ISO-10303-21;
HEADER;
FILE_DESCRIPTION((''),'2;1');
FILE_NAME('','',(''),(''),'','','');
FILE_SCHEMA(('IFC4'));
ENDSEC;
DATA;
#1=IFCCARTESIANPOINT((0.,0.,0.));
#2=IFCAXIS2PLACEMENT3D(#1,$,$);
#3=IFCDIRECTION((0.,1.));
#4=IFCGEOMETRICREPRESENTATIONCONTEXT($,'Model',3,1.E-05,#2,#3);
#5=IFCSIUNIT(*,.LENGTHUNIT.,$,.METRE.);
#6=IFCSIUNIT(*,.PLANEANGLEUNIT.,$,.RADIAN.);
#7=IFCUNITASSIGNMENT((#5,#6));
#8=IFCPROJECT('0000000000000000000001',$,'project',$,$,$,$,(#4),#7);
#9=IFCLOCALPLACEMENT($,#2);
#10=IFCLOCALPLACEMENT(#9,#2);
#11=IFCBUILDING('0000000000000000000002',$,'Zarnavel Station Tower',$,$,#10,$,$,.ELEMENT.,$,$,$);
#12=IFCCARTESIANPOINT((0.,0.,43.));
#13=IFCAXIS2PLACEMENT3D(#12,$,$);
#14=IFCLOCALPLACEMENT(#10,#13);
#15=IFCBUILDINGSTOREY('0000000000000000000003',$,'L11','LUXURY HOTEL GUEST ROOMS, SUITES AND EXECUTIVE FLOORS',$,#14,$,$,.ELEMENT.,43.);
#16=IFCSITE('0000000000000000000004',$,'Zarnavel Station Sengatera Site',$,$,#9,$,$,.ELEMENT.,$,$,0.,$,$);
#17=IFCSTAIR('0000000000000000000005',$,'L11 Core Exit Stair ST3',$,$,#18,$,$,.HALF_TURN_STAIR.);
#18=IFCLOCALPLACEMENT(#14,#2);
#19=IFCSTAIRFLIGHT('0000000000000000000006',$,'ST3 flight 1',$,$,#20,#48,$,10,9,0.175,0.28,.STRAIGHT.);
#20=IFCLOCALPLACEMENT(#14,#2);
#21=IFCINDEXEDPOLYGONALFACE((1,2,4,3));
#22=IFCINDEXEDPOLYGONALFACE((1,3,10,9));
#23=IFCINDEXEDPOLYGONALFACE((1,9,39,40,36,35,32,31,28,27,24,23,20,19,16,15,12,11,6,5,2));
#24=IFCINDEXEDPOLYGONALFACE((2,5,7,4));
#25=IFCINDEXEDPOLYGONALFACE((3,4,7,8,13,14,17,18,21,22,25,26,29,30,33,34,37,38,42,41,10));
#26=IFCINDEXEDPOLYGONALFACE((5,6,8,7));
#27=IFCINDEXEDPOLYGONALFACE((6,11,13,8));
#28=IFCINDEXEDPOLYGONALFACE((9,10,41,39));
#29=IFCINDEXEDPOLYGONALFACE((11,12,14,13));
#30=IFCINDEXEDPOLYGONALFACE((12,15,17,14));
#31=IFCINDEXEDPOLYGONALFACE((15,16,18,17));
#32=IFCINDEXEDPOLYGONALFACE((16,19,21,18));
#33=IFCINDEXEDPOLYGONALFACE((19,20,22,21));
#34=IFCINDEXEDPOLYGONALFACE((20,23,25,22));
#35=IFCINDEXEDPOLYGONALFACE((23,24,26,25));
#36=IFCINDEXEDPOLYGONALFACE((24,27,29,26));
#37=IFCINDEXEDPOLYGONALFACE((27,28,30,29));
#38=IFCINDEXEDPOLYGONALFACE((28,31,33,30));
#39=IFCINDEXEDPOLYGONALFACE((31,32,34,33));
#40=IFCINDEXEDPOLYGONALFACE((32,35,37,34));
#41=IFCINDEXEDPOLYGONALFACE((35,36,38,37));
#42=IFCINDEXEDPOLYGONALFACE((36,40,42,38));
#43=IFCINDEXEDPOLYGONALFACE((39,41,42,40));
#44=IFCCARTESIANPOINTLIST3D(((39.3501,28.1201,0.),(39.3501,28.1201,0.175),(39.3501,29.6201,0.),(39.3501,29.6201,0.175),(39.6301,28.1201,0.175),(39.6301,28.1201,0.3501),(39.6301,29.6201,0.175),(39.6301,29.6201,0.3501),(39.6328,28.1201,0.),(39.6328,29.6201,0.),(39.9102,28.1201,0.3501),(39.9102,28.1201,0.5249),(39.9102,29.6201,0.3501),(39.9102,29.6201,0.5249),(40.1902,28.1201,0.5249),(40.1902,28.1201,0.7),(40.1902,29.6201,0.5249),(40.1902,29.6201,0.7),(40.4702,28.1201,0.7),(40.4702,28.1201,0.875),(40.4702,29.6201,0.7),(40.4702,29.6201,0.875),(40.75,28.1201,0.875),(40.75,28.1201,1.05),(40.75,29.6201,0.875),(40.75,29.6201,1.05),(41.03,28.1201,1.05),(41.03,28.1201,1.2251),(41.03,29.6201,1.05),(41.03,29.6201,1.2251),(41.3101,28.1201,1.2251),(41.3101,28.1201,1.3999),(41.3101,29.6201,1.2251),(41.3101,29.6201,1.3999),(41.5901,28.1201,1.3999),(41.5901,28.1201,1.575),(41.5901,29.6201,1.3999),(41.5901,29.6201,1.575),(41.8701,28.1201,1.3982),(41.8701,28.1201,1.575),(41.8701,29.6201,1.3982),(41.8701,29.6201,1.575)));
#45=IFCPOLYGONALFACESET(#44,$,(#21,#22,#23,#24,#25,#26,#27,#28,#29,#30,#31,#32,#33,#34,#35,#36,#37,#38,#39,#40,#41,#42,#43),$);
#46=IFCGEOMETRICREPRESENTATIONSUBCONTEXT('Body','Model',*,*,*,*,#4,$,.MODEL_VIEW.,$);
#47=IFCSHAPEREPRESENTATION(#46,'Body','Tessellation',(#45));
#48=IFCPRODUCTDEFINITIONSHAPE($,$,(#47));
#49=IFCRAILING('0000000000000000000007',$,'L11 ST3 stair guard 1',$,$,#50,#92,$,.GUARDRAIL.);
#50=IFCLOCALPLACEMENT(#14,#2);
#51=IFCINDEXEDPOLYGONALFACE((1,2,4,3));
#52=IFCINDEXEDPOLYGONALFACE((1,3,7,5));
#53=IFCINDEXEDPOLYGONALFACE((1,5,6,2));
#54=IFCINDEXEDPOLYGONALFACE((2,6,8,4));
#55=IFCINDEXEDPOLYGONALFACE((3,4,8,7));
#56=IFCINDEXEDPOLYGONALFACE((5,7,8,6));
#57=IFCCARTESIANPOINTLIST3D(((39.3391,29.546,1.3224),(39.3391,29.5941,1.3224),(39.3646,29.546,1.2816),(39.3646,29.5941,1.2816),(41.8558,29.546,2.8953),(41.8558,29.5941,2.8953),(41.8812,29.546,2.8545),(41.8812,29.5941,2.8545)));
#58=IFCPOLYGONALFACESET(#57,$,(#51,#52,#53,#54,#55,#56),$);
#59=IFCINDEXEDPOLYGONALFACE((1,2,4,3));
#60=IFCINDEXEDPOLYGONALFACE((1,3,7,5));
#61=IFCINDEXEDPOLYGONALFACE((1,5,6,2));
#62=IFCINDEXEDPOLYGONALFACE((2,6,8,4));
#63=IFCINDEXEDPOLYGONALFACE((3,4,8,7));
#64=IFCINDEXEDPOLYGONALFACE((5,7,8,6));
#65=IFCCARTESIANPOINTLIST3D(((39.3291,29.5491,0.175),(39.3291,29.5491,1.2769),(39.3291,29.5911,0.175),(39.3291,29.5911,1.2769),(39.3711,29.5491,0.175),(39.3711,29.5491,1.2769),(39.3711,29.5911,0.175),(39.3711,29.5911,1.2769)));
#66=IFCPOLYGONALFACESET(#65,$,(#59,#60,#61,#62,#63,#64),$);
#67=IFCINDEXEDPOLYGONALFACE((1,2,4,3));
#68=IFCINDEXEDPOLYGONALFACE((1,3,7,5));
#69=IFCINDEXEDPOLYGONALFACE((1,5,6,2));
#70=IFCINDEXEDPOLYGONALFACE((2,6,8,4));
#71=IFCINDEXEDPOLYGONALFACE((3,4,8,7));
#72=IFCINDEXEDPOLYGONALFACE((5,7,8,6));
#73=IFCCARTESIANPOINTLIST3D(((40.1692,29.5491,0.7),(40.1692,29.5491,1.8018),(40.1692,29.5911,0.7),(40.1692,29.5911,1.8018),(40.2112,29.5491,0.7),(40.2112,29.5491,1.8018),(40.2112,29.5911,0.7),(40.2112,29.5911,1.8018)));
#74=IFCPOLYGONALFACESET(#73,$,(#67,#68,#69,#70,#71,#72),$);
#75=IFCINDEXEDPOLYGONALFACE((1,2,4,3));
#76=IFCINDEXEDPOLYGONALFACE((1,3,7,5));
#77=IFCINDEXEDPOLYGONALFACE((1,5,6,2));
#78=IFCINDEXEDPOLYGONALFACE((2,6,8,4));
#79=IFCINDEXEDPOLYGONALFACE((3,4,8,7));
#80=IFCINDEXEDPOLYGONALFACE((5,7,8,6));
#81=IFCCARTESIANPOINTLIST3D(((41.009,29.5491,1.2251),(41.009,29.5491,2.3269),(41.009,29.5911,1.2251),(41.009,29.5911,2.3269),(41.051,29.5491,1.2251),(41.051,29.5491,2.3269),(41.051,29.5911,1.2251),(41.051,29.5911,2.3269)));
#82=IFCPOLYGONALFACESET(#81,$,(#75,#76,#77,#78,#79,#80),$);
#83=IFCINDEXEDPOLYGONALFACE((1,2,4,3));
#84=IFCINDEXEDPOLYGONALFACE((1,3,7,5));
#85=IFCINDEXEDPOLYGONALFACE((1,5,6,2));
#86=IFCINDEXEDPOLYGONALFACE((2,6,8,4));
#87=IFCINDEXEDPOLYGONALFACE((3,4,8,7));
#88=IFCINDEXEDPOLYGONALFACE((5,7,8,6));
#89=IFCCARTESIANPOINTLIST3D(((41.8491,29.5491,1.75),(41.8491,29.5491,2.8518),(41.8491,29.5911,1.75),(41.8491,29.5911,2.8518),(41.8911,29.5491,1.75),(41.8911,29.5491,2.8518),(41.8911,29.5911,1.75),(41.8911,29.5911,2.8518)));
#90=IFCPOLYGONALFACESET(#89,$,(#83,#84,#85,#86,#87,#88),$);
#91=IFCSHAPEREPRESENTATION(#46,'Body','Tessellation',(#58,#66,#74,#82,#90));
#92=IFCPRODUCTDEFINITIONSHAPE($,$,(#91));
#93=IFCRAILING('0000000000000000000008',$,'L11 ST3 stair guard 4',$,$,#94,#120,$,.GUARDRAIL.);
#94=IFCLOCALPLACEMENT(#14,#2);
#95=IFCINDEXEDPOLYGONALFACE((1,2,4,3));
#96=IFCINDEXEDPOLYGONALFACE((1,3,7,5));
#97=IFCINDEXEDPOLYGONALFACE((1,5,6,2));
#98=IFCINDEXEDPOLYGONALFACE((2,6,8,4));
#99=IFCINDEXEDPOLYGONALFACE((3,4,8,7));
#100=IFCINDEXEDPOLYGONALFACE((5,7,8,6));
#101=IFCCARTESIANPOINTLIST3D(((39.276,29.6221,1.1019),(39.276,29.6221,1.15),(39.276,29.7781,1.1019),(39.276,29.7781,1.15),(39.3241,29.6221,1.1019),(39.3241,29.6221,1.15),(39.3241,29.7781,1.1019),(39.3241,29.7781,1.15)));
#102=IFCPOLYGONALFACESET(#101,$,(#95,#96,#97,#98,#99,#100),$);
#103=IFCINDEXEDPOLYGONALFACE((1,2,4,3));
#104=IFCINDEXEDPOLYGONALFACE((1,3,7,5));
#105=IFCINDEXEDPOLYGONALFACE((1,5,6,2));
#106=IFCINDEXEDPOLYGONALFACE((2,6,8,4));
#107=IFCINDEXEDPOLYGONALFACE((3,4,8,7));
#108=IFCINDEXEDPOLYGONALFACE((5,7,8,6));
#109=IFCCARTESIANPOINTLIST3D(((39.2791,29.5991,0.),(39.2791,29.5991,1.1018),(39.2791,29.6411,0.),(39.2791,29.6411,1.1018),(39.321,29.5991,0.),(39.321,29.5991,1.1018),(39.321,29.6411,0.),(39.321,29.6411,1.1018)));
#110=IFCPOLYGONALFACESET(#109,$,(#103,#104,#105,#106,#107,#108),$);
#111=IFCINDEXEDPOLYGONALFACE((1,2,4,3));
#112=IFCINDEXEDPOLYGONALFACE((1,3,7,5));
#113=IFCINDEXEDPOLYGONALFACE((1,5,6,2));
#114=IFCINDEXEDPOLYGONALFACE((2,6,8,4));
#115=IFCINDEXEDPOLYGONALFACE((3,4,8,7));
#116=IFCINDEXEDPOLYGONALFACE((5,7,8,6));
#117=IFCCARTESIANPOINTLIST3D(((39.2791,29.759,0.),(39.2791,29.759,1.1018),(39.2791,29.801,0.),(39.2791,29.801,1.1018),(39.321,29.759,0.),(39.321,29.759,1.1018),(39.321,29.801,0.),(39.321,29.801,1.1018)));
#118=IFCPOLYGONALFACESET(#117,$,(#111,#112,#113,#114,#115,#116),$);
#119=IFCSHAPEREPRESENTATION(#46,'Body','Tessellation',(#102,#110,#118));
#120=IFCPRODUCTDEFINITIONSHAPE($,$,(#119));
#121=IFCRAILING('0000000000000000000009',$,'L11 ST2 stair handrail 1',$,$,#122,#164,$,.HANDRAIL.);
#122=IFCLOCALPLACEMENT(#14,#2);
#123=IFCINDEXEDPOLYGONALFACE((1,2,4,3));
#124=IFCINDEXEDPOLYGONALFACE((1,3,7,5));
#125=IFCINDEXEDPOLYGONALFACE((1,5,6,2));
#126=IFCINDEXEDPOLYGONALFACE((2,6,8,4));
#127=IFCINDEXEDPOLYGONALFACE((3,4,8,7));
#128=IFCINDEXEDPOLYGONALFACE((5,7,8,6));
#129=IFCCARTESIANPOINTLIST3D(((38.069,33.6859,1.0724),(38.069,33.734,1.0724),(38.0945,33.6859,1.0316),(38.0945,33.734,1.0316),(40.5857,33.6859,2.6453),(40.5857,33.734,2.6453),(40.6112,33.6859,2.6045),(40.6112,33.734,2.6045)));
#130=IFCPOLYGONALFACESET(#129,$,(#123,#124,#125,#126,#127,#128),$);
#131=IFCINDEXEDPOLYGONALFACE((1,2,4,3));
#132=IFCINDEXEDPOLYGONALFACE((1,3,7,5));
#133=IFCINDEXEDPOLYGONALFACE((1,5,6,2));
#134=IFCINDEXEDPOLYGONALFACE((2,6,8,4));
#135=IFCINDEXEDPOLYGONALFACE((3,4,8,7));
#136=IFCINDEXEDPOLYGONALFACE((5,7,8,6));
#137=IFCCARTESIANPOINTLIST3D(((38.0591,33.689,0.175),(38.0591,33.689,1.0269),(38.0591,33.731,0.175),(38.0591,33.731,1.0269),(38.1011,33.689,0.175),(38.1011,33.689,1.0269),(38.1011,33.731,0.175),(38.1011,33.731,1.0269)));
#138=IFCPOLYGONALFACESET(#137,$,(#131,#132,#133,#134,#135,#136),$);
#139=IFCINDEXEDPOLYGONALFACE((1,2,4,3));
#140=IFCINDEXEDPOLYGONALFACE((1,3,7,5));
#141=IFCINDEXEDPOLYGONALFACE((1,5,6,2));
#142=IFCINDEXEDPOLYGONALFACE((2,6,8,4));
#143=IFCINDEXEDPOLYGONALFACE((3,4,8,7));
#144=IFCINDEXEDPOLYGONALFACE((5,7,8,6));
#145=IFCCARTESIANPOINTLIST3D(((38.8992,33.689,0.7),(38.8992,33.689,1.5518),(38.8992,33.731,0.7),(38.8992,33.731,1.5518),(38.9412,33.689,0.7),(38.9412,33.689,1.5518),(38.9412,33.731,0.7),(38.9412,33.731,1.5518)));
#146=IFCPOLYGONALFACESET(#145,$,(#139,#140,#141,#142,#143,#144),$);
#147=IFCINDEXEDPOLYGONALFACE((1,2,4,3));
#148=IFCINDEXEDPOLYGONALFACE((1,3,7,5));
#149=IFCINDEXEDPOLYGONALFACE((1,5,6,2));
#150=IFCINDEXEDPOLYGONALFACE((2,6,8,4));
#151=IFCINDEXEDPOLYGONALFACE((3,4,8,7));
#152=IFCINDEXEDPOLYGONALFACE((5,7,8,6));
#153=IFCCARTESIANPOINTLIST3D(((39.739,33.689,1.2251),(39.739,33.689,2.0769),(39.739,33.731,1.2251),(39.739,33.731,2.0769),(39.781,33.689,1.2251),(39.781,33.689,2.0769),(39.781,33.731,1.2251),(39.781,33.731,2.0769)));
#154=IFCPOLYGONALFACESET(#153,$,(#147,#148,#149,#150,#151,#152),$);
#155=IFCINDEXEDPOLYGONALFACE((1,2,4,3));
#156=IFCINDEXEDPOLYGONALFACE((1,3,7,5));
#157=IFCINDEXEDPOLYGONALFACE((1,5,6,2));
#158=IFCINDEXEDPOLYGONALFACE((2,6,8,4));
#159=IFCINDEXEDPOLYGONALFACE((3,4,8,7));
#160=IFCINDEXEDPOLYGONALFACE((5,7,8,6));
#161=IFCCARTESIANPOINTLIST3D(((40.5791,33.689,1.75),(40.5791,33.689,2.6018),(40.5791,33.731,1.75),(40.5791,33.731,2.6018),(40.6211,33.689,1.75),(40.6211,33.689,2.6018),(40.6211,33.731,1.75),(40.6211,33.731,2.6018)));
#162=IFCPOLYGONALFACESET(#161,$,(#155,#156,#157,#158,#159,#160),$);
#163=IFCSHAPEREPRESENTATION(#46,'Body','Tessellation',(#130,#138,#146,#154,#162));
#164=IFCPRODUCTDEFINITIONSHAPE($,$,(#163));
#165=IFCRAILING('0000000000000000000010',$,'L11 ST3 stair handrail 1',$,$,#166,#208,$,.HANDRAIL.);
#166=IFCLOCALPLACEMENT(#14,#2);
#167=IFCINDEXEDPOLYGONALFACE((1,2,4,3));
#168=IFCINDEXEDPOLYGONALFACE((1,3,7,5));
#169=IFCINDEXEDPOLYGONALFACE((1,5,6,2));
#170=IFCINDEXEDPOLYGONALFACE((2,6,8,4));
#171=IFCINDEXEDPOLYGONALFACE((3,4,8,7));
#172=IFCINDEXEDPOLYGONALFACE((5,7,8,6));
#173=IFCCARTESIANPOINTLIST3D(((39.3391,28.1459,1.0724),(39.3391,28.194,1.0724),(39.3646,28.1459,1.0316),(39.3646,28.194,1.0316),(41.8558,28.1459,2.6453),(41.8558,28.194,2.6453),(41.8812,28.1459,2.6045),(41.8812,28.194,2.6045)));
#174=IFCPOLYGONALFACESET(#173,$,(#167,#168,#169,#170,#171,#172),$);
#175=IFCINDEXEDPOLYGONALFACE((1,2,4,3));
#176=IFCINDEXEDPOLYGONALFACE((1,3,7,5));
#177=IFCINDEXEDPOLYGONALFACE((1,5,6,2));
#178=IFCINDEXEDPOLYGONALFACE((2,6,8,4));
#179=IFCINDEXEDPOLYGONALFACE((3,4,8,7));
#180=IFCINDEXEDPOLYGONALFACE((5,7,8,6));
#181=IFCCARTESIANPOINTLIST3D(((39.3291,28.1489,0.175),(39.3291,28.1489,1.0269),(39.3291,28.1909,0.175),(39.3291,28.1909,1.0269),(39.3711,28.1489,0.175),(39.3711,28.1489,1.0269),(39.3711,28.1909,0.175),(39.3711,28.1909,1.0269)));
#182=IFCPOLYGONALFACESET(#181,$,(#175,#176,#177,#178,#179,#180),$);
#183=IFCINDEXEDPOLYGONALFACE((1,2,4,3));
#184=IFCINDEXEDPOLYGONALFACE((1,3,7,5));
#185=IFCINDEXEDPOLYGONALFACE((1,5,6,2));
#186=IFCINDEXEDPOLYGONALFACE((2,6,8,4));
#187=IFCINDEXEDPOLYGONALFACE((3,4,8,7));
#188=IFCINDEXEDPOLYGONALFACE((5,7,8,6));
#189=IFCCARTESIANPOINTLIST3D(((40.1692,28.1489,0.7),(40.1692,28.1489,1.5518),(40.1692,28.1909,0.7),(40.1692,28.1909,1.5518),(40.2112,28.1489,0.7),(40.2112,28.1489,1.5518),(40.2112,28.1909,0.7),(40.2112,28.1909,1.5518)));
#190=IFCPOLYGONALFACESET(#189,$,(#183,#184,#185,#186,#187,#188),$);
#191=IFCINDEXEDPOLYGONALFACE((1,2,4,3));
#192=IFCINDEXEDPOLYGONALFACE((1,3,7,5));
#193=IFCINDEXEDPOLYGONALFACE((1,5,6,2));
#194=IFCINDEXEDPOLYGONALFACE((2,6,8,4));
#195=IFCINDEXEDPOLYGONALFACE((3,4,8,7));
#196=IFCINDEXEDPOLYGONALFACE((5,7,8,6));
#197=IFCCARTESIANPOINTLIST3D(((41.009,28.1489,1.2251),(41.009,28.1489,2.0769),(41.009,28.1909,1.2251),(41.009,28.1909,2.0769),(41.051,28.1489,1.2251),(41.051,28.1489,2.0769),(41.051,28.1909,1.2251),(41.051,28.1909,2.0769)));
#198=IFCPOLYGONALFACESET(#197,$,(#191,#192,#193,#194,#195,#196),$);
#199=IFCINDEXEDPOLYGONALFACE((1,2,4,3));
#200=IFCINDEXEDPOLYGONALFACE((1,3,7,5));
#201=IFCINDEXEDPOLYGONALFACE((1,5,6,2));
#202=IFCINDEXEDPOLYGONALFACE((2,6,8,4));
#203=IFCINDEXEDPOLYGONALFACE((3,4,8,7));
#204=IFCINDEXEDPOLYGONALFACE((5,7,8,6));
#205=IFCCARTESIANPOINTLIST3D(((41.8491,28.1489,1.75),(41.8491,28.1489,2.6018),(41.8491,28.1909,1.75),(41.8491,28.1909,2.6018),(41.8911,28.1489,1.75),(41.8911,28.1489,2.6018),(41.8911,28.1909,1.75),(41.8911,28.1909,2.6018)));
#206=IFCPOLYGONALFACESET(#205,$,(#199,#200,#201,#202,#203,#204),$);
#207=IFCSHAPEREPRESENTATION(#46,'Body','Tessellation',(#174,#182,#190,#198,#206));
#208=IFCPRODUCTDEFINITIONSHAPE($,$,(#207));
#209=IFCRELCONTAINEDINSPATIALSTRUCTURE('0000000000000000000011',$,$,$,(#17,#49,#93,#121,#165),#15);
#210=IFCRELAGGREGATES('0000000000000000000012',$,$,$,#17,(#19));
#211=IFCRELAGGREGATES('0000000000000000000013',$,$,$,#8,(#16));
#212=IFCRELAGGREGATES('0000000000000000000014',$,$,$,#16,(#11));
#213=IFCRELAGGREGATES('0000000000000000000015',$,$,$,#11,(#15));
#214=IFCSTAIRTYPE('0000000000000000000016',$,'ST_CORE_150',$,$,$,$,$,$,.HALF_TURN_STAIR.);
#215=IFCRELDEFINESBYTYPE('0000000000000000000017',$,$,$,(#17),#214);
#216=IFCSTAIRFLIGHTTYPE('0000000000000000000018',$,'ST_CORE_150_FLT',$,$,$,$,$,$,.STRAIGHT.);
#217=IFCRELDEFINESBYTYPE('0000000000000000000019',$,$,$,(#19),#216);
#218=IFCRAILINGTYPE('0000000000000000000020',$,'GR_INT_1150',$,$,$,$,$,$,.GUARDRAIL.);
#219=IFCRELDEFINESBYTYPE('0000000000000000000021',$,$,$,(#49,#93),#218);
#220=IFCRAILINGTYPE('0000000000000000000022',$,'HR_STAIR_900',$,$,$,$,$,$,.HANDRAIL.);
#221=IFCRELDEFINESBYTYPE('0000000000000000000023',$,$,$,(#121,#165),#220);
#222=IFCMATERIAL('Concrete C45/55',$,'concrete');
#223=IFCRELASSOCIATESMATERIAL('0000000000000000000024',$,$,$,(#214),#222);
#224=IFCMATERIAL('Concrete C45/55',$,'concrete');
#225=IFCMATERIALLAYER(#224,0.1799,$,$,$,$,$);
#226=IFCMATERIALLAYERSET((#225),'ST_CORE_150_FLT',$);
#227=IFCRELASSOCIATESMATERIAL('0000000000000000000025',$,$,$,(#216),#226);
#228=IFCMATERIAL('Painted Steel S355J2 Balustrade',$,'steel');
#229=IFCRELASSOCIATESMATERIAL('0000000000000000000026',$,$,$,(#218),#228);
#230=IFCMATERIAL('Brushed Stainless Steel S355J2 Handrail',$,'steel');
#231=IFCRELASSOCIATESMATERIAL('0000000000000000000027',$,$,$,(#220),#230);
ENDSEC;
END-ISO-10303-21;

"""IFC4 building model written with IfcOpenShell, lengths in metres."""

from ifc_helpers import new_model, si_unit, direction, frame, origin, origin_2d, place, context, subcontext, project, spatial, polyline, rectangle, outline, extrude, material, layer, layer_set, type_object, element, aggregate, save


model = new_model("IFC4")

# Units and contexts
model_context = context("Model", 3, precision=1e-05, world=origin(), true_north=direction((0.0, 1.0)))
body_context = subcontext(model_context, "Body", "Model", "MODEL_VIEW")
ifc_project = project(units=[si_unit("LENGTHUNIT", "METRE"), si_unit("PLANEANGLEUNIT", "RADIAN")], contexts=[model_context])

# Site, building, storey
site_placement = place(None, origin())
site = spatial("IfcSite", under=ifc_project, at=site_placement, Name="Zarnavel Station Sengatera Site", CompositionType="ELEMENT", RefElevation=0.0)
building_placement = place(site_placement, origin())
building = spatial("IfcBuilding", under=site, at=building_placement, Name="Zarnavel Station Tower", CompositionType="ELEMENT")
storey_placement = place(building_placement, frame((0.0, 0.0, 43.0)))
storey = spatial("IfcBuildingStorey", under=building, at=storey_placement, Name="L11", Description="LUXURY HOTEL GUEST ROOMS, SUITES AND EXECUTIVE FLOORS", CompositionType="ELEMENT", Elevation=43.0)

# Stair, stair flight
ifc_material_1 = material(Name="Concrete C45/55", Category="concrete")
stair_type = type_object("IfcStairType", Name="ST_CORE_150", PredefinedType="HALF_TURN_STAIR", material=ifc_material_1)
stair_placement = place(storey_placement, origin())
stair = element("IfcStair", 1, at=stair_placement, inside=storey, type_object=stair_type, Name="L11 Core Exit Stair ST3", PredefinedType="HALF_TURN_STAIR")
ifc_material_2 = material(Name="Concrete C45/55", Category="concrete")
ifc_layer_1 = layer(ifc_material_2, 0.1799)
ifc_layer_set_1 = layer_set([ifc_layer_1], Name="ST_CORE_150_FLT")
stair_flight_type = type_object("IfcStairFlightType", Name="ST_CORE_150_FLT", PredefinedType="STRAIGHT", material=ifc_layer_set_1)
stair_flight_placement = place(storey_placement, frame((39.3501, 28.8701, 0.0), z_axis=(0.0, 0.0, 1.0), x_axis=(1.0, 0.0, 0.0)))
stair_flight = element("IfcStairFlight", 2, at=stair_flight_placement, type_object=stair_flight_type, Name="ST3 flight 1", NumberOfRisers=10, NumberOfTreads=9, PredefinedType="STRAIGHT", RiserHeight=0.175, TreadLength=0.28, context=body_context, shape_type="SweptSolid", body=[
    extrude(outline(polyline([(0.0, 0.0), (0.0, 0.175), (0.28, 0.175), (0.28, 0.3501), (0.5601, 0.3501), (0.5601, 0.5249), (0.8401, 0.5249), (0.8401, 0.7), (1.1201, 0.7), (1.1201, 0.875), (1.3999, 0.875), (1.3999, 1.05), (1.6799, 1.05), (1.6799, 1.2251), (1.96, 1.2251), (1.96, 1.3999), (2.24, 1.3999), (2.24, 1.575), (2.52, 1.575), (2.52, 1.75), (2.52, 1.3982), (0.2827, 0.0), (0.0, 0.0)])), frame((0.0, 0.75, 0.0), z_axis=(0.0, -1.0, 0.0), x_axis=(1.0, 0.0, 0.0)), (0.0, 0.0, 1.0), 1.5),
])
aggregate(stair, [stair_flight])

# Railings
ifc_material_3 = material(Name="Painted Steel S355J2 Balustrade", Category="steel")
railing_type_1 = type_object("IfcRailingType", Name="GR_INT_1150", PredefinedType="GUARDRAIL", material=ifc_material_3)
railing_1_placement = place(storey_placement, frame((39.3501, 29.5701, 0.175)))
element("IfcRailing", 3, at=railing_1_placement, inside=storey, type_object=railing_type_1, Name="L11 ST3 stair guard 1", PredefinedType="GUARDRAIL", context=body_context, shape_type="SweptSolid", body=[
    extrude(rectangle(XDim=0.0481, YDim=0.0481, at=origin_2d()), frame((0.0017, 0.0, 1.127), z_axis=(0.848008, 0.0, 0.529984), x_axis=(0.0, 1.0, 0.0)), (0.0, 0.0, 1.0), 2.9678),
    extrude(rectangle(XDim=0.042, YDim=0.042, at=origin_2d()), origin(), (0.0, 0.0, 1.0), 1.1018),
    extrude(rectangle(XDim=0.042, YDim=0.042, at=origin_2d()), frame((0.8401, 0.0, 0.5249)), (0.0, 0.0, 1.0), 1.1018),
    extrude(rectangle(XDim=0.042, YDim=0.042, at=origin_2d()), frame((1.6799, 0.0, 1.05)), (0.0, 0.0, 1.0), 1.1018),
    extrude(rectangle(XDim=0.042, YDim=0.042, at=origin_2d()), frame((2.52, 0.0, 1.575)), (0.0, 0.0, 1.0), 1.1018),
])
railing_2_placement = place(storey_placement, frame((39.3, 29.6201, 0.0)))
element("IfcRailing", 4, at=railing_2_placement, inside=storey, type_object=railing_type_1, Name="L11 ST3 stair guard 4", PredefinedType="GUARDRAIL", context=body_context, shape_type="SweptSolid", body=[
    extrude(rectangle(XDim=0.0481, YDim=0.0481, at=origin_2d()), frame((0.0, 0.002, 1.126), z_axis=(0.0, 1.0, 0.0), x_axis=(-1.0, 0.0, 0.0)), (0.0, 0.0, 1.0), 0.156),
    extrude(rectangle(XDim=0.042, YDim=0.042, at=origin_2d()), origin(), (0.0, 0.0, 1.0), 1.1018),
    extrude(rectangle(XDim=0.042, YDim=0.042, at=origin_2d()), frame((0.0, 0.1599, 0.0)), (0.0, 0.0, 1.0), 1.1018),
])
ifc_material_4 = material(Name="Brushed Stainless Steel S355J2 Handrail", Category="steel")
railing_type_2 = type_object("IfcRailingType", Name="HR_STAIR_900", PredefinedType="HANDRAIL", material=ifc_material_4)
for number, where, name in (
    (5, (38.0801, 33.71, 0.175), "L11 ST2 stair handrail 1"),
    (6, (39.3501, 28.1699, 0.175), "L11 ST3 stair handrail 1"),
):
    element("IfcRailing", number, at=place(storey_placement, frame(where)), inside=storey, type_object=railing_type_2, Name=name, PredefinedType="HANDRAIL", context=body_context, shape_type="SweptSolid", body=[
        extrude(rectangle(XDim=0.0481, YDim=0.0481, at=origin_2d()), frame((0.0017, 0.0, 0.877), z_axis=(0.848008, 0.0, 0.529984), x_axis=(0.0, 1.0, 0.0)), (0.0, 0.0, 1.0), 2.9678),
        extrude(rectangle(XDim=0.042, YDim=0.042, at=origin_2d()), origin(), (0.0, 0.0, 1.0), 0.8518),
        extrude(rectangle(XDim=0.042, YDim=0.042, at=origin_2d()), frame((0.8401, 0.0, 0.5249)), (0.0, 0.0, 1.0), 0.8518),
        extrude(rectangle(XDim=0.042, YDim=0.042, at=origin_2d()), frame((1.6799, 0.0, 1.05)), (0.0, 0.0, 1.0), 0.8518),
        extrude(rectangle(XDim=0.042, YDim=0.042, at=origin_2d()), frame((2.52, 0.0, 1.575)), (0.0, 0.0, 1.0), 0.8518),
    ])

save(model, "model.ifc")
